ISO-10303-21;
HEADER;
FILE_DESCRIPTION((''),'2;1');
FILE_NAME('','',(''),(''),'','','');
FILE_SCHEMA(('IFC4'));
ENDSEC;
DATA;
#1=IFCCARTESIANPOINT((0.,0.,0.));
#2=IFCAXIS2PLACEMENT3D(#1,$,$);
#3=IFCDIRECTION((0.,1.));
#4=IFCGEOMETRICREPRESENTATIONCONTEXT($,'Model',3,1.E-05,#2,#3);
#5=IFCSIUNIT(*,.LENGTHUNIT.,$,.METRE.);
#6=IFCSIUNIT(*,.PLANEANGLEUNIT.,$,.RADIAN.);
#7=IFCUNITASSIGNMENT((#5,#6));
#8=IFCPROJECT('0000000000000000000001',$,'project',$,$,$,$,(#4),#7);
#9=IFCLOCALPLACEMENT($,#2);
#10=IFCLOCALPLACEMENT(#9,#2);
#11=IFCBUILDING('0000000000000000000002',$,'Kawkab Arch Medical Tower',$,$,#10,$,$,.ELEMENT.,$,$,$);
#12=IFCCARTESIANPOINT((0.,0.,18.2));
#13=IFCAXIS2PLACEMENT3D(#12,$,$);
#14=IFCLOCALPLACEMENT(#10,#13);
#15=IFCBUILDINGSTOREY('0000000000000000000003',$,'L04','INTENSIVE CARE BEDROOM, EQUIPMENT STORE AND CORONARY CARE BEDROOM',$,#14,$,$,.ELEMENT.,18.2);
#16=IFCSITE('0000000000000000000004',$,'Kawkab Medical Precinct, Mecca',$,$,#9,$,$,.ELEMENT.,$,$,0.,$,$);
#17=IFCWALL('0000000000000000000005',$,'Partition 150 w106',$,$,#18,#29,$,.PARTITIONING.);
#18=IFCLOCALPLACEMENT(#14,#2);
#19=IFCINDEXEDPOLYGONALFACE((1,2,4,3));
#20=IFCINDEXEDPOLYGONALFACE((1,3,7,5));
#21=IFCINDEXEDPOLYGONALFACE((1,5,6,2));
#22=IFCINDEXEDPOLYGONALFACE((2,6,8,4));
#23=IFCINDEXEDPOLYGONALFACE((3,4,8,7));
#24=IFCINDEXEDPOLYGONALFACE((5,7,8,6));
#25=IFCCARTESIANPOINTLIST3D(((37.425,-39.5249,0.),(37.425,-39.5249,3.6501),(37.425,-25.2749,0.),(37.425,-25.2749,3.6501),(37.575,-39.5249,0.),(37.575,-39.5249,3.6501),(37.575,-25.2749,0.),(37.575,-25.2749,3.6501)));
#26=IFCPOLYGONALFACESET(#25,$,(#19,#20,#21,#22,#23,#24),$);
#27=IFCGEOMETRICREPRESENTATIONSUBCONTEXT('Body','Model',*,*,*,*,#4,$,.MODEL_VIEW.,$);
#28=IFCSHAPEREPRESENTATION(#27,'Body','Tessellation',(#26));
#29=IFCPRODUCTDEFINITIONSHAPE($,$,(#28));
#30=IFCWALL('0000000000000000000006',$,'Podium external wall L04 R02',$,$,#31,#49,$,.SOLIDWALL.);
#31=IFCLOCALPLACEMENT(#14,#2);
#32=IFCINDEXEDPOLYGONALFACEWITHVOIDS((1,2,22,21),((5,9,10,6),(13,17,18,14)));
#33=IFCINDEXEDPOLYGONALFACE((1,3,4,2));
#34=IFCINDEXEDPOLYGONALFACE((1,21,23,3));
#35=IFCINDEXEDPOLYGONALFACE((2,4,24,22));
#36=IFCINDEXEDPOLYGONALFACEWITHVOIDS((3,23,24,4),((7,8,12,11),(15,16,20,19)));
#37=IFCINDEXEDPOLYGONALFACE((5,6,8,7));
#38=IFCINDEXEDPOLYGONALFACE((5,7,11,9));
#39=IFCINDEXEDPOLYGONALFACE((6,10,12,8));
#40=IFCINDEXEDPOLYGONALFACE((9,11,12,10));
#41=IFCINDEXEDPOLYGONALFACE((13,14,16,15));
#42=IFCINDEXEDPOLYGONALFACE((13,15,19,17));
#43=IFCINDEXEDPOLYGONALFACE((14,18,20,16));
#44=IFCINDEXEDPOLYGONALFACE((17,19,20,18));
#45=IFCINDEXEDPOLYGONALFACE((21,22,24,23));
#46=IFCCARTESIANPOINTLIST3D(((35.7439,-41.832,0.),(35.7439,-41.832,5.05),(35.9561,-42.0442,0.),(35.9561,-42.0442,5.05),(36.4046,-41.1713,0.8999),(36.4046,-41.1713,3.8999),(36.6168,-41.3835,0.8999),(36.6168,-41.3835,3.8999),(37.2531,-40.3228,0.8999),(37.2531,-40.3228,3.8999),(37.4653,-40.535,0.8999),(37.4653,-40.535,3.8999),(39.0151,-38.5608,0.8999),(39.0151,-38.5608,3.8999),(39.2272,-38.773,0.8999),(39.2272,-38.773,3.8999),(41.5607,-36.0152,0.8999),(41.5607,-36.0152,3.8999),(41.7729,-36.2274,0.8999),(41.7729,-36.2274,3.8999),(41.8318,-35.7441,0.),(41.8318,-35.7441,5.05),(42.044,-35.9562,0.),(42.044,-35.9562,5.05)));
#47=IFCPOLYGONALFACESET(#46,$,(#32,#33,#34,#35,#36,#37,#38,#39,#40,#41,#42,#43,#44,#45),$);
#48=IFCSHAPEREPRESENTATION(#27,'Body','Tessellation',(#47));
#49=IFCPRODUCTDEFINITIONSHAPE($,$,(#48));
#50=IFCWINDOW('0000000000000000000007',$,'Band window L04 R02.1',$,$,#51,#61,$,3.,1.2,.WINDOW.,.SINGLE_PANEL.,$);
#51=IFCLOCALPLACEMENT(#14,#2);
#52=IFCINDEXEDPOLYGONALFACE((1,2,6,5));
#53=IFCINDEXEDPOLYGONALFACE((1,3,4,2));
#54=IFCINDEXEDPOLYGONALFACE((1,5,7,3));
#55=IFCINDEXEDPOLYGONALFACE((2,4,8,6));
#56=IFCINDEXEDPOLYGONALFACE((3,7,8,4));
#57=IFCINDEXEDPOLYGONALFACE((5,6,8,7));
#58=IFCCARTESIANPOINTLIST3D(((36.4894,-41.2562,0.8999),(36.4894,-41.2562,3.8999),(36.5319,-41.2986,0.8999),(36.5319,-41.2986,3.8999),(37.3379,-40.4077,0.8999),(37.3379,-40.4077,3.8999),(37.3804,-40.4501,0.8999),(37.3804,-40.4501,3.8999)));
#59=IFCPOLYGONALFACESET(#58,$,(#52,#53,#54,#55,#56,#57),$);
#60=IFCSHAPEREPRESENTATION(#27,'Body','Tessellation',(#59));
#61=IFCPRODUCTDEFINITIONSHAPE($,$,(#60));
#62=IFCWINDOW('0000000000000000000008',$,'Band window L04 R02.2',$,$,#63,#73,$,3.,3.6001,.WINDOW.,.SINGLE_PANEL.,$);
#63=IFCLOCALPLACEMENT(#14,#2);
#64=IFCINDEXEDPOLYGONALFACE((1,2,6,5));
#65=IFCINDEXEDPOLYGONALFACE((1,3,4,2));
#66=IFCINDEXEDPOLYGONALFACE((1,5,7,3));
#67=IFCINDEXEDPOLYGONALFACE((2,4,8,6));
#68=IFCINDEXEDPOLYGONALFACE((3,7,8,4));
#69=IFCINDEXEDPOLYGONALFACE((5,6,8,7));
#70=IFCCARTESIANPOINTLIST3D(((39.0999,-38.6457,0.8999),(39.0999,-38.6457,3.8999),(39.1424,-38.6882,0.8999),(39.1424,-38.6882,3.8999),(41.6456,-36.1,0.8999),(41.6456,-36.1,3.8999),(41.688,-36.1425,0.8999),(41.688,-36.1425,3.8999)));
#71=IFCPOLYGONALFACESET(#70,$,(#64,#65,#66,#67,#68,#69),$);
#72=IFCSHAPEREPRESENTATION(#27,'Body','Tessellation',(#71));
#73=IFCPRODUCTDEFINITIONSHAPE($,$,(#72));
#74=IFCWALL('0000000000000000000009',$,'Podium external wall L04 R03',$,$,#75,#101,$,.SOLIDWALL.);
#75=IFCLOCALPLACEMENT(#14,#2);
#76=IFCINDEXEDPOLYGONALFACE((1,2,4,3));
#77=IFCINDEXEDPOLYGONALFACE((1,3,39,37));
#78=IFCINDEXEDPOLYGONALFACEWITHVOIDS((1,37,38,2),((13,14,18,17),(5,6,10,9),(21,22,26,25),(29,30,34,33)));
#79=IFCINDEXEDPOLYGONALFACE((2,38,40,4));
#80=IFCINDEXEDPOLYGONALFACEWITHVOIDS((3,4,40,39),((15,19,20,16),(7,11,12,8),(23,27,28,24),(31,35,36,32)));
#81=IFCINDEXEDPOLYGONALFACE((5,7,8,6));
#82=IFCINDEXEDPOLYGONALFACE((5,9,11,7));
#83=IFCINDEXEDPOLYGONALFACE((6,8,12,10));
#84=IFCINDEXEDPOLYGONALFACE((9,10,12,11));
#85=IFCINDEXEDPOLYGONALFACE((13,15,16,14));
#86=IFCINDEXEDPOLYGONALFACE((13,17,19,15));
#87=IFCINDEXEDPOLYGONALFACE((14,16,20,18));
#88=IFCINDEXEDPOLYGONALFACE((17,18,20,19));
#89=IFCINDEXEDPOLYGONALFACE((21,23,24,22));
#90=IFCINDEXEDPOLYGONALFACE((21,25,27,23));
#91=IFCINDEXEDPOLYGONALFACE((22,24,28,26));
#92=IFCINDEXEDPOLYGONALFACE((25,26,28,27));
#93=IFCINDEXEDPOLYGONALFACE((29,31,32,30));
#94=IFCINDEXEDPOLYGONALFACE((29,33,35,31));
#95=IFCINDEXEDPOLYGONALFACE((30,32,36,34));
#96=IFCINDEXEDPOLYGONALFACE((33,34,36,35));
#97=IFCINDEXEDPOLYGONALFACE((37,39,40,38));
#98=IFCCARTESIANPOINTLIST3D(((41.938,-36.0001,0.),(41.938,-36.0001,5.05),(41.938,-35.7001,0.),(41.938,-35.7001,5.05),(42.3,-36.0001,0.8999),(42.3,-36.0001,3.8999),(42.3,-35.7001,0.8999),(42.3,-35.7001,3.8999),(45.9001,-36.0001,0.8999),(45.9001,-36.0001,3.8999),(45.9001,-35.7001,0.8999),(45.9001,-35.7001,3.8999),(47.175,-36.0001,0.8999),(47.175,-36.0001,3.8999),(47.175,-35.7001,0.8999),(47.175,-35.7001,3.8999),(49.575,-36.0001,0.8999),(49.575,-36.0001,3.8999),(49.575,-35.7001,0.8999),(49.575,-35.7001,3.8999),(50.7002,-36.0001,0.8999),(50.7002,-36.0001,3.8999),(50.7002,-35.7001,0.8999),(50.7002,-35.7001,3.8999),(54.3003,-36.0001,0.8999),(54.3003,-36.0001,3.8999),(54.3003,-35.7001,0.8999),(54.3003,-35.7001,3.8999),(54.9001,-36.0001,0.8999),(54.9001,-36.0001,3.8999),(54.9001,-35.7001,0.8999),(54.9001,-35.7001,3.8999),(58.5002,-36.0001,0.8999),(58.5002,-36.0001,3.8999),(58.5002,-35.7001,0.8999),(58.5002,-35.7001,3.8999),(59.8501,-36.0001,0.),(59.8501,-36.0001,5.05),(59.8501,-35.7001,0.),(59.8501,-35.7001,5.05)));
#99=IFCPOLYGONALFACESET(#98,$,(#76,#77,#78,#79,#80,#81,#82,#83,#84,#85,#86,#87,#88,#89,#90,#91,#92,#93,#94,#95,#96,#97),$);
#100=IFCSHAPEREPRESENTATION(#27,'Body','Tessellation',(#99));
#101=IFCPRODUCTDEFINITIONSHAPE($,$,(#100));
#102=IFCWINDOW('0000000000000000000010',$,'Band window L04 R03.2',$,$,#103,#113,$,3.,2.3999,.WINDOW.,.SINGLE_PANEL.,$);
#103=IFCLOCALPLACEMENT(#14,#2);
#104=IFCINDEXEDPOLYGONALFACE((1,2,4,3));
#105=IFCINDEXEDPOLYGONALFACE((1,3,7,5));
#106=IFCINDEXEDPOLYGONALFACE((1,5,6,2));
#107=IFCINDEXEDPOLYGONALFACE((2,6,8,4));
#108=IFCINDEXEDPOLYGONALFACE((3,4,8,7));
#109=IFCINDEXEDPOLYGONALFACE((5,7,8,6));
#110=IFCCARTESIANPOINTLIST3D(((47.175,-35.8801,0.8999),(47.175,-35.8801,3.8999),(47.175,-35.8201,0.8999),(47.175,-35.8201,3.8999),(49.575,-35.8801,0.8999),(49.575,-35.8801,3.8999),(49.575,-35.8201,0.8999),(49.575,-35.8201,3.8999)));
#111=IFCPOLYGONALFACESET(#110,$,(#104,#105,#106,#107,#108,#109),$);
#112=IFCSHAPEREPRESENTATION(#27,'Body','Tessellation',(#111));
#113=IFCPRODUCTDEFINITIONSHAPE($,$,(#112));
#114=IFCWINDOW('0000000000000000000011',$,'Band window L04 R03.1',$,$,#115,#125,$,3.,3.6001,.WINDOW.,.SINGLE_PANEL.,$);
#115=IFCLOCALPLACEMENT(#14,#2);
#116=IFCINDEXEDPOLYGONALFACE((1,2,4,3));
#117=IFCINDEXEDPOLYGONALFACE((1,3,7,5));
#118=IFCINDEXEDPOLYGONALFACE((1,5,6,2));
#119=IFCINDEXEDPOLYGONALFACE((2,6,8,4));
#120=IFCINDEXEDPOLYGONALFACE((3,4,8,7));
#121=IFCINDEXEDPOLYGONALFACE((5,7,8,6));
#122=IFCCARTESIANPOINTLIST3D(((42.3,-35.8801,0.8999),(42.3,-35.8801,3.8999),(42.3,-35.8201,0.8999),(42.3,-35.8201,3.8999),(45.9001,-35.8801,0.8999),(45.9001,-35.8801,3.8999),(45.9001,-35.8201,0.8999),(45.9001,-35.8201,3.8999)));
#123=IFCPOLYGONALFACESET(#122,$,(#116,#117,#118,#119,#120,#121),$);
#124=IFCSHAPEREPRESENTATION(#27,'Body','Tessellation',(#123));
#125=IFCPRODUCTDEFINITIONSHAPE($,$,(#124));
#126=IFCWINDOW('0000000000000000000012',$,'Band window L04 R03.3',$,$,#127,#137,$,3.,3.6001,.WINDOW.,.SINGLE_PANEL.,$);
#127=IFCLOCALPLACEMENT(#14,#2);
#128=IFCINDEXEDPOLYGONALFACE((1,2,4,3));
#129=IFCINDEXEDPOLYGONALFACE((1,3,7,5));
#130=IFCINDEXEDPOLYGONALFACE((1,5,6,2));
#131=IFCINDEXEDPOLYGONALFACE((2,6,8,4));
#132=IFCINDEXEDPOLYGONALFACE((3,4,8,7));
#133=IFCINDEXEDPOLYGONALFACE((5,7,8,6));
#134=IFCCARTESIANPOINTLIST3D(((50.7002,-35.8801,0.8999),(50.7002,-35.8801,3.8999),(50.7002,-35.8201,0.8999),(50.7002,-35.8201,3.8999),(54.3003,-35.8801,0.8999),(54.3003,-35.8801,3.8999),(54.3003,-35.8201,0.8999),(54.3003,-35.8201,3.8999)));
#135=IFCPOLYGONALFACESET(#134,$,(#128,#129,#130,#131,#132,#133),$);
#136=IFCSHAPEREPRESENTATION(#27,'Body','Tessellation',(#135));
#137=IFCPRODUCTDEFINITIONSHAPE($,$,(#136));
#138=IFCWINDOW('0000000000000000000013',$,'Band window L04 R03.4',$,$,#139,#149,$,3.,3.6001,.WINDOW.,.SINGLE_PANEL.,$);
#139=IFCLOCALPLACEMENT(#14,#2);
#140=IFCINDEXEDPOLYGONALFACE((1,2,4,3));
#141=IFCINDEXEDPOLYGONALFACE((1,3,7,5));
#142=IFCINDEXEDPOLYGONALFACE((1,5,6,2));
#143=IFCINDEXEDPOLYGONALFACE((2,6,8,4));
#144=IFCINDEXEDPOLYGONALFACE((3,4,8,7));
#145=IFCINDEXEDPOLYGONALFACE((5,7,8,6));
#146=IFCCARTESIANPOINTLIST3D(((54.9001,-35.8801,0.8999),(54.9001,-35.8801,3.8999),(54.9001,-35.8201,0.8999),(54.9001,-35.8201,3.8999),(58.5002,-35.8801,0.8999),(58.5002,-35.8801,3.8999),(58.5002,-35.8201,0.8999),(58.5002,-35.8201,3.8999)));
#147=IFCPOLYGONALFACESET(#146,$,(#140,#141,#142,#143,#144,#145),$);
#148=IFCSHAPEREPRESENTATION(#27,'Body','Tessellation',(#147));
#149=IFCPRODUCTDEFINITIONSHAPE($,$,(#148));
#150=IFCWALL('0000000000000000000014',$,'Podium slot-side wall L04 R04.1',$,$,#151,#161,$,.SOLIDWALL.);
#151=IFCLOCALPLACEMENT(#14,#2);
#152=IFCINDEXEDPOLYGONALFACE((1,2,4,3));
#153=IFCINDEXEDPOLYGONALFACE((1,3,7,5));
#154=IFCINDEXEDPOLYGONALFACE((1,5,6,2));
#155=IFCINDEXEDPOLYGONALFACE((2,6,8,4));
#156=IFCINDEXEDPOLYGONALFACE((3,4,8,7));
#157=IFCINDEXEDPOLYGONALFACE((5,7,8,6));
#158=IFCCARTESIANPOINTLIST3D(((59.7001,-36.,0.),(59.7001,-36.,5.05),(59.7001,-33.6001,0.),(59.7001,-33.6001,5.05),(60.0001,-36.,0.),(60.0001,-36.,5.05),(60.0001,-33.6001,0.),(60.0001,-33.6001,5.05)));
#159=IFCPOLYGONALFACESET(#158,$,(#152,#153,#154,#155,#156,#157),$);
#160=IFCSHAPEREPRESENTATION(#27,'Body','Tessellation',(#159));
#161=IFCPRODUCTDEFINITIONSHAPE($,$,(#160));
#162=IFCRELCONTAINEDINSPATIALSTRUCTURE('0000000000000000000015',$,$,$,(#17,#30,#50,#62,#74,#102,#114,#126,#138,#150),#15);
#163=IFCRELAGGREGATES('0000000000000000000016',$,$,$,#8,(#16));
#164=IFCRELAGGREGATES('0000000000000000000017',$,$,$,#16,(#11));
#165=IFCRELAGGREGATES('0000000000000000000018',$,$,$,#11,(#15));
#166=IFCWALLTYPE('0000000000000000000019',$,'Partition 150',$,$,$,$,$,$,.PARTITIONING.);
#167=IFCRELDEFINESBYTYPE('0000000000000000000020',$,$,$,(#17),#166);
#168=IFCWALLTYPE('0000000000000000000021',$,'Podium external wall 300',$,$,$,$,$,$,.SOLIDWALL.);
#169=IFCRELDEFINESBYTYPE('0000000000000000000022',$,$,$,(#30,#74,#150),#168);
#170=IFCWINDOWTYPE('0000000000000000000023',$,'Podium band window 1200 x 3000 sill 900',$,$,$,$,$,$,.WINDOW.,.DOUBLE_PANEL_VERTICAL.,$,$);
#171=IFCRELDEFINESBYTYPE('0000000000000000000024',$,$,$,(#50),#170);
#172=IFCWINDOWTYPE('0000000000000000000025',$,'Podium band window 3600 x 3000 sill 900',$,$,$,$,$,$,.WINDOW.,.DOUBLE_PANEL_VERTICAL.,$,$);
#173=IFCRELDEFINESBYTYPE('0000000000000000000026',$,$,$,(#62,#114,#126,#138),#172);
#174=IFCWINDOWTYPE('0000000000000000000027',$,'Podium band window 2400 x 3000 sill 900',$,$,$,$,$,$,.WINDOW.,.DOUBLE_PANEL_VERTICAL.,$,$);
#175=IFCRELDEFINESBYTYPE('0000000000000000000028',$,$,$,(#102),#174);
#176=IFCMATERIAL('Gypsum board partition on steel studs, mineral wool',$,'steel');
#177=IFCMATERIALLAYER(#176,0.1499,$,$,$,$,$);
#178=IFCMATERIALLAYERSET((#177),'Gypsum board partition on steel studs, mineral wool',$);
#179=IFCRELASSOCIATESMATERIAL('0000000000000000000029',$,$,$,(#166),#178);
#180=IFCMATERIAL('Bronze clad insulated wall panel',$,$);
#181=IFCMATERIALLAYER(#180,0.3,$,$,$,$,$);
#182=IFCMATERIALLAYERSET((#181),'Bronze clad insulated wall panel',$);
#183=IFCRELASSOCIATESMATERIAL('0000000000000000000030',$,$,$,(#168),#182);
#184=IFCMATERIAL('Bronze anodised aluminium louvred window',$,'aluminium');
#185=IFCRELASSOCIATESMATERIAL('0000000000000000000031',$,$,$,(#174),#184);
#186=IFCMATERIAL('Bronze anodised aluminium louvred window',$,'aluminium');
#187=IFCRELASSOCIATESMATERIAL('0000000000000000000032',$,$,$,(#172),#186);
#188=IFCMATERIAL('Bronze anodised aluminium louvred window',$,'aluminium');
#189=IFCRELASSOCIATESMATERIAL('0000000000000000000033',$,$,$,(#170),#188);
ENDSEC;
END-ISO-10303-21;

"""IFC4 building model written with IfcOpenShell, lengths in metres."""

from ifc_helpers import new_model, si_unit, direction, frame, frame_2d, origin, place, context, subcontext, project, spatial, rectangle, extrude, material, layer, layer_set, type_object, element, fill, save


model = new_model("IFC4")

# Units and contexts
model_context = context("Model", 3, precision=1e-05, world=origin(), true_north=direction((0.0, 1.0)))
body_context = subcontext(model_context, "Body", "Model", "MODEL_VIEW")
ifc_project = project(units=[si_unit("LENGTHUNIT", "METRE"), si_unit("PLANEANGLEUNIT", "RADIAN")], contexts=[model_context])

# Site, building, storey
site_placement = place(None, origin())
site = spatial("IfcSite", under=ifc_project, at=site_placement, Name="Kawkab Medical Precinct, Mecca", CompositionType="ELEMENT", RefElevation=0.0)
building_placement = place(site_placement, origin())
building = spatial("IfcBuilding", under=site, at=building_placement, Name="Kawkab Arch Medical Tower", CompositionType="ELEMENT")
storey_placement = place(building_placement, frame((0.0, 0.0, 18.2)))
storey = spatial("IfcBuildingStorey", under=building, at=storey_placement, Name="L04", Description="INTENSIVE CARE BEDROOM, EQUIPMENT STORE AND CORONARY CARE BEDROOM", CompositionType="ELEMENT", Elevation=18.2)

# Wall
ifc_material_1 = material(Name="Gypsum board partition on steel studs, mineral wool", Category="steel")
ifc_layer_1 = layer(ifc_material_1, 0.1499)
ifc_layer_set_1 = layer_set([ifc_layer_1], Name="Gypsum board partition on steel studs, mineral wool")
wall_type_1 = type_object("IfcWallType", Name="Partition 150", PredefinedType="PARTITIONING", material=ifc_layer_set_1)
wall_1_placement = place(storey_placement, frame((37.5, -39.5249, 0.0), z_axis=(0.0, 0.0, 1.0), x_axis=(0.0, 1.0, 0.0)))
element("IfcWall", 1, at=wall_1_placement, inside=storey, type_object=wall_type_1, Name="Partition 150 w106", PredefinedType="PARTITIONING", context=body_context, shape_type="SweptSolid", body=[
    extrude(rectangle(XDim=14.25, YDim=0.1499, at=frame_2d((7.125, 0.0))), origin(), (0.0, 0.0, 1.0), 3.6501),
])

# Walls, openings, windows
ifc_material_2 = material(Name="Bronze clad insulated wall panel")
ifc_layer_2 = layer(ifc_material_2, 0.3)
ifc_layer_set_2 = layer_set([ifc_layer_2], Name="Bronze clad insulated wall panel")
wall_type_2 = type_object("IfcWallType", Name="Podium external wall 300", PredefinedType="SOLIDWALL", material=ifc_layer_set_2)
ifc_material_3 = material(Name="Bronze anodised aluminium louvred window", Category="aluminium")
window_type_1 = type_object("IfcWindowType", Name="Podium band window 2400 x 3000 sill 900", PartitioningType="DOUBLE_PANEL_VERTICAL", PredefinedType="WINDOW", material=ifc_material_3)
ifc_material_4 = material(Name="Bronze anodised aluminium louvred window", Category="aluminium")
window_type_2 = type_object("IfcWindowType", Name="Podium band window 3600 x 3000 sill 900", PartitioningType="DOUBLE_PANEL_VERTICAL", PredefinedType="WINDOW", material=ifc_material_4)
wall_2_placement = place(storey_placement, frame((35.8501, -41.938, 0.0), z_axis=(0.0, 0.0, 1.0), x_axis=(0.707107, 0.707107, 0.0)))
wall_2 = element("IfcWall", 2, at=wall_2_placement, inside=storey, type_object=wall_type_2, Name="Podium external wall L04 R02", PredefinedType="SOLIDWALL", context=body_context, shape_type="SweptSolid", body=[
    extrude(rectangle(XDim=8.6096, YDim=0.3, at=frame_2d((4.3047, 0.0))), origin(), (0.0, 0.0, 1.0), 5.05),
])
opening_1_placement = place(wall_2_placement, frame((0.9341, 0.0, 0.8999)))
opening_1 = element("IfcOpeningElement", 3, at=opening_1_placement, cuts=wall_2, PredefinedType="OPENING", context=body_context, shape_type="SweptSolid", body=[
    extrude(rectangle(XDim=1.2, YDim=3.0, at=frame_2d((0.6001, 1.5))), frame((0.0, 0.1599, 0.0), z_axis=(0.0, -1.0, 0.0), x_axis=(1.0, 0.0, 0.0)), (0.0, 0.0, 1.0), 0.3201),
])
opening_2_placement = place(wall_2_placement, frame((4.626, 0.0, 0.8999)))
opening_2 = element("IfcOpeningElement", 4, at=opening_2_placement, cuts=wall_2, PredefinedType="OPENING", context=body_context, shape_type="SweptSolid", body=[
    extrude(rectangle(XDim=3.6001, YDim=3.0, at=frame_2d((1.8, 1.5))), frame((0.0, 0.1599, 0.0), z_axis=(0.0, -1.0, 0.0), x_axis=(1.0, 0.0, 0.0)), (0.0, 0.0, 1.0), 0.3201),
])
ifc_material_5 = material(Name="Bronze anodised aluminium louvred window", Category="aluminium")
window_type_3 = type_object("IfcWindowType", Name="Podium band window 1200 x 3000 sill 900", PartitioningType="DOUBLE_PANEL_VERTICAL", PredefinedType="WINDOW", material=ifc_material_5)
window_1_placement = place(opening_1_placement, origin())
window_1 = element("IfcWindow", 5, at=window_1_placement, inside=storey, type_object=window_type_3, Name="Band window L04 R02.1", OverallHeight=3.0, OverallWidth=1.2, PartitioningType="SINGLE_PANEL", PredefinedType="WINDOW", context=body_context, shape_type="SweptSolid", body=[
    extrude(rectangle(XDim=1.2, YDim=3.0, at=frame_2d((0.6001, 1.5))), frame((0.0, 0.03, 0.0), z_axis=(0.0, -1.0, 0.0), x_axis=(1.0, 0.0, 0.0)), (0.0, 0.0, 1.0), 0.0601),
])
fill(opening_1, window_1)
window_2_placement = place(opening_2_placement, origin())
window_2 = element("IfcWindow", 6, at=window_2_placement, inside=storey, type_object=window_type_2, Name="Band window L04 R02.2", OverallHeight=3.0, OverallWidth=3.6001, PartitioningType="SINGLE_PANEL", PredefinedType="WINDOW", context=body_context, shape_type="SweptSolid", body=[
    extrude(rectangle(XDim=3.6001, YDim=3.0, at=frame_2d((1.8, 1.5))), frame((0.0, 0.03, 0.0), z_axis=(0.0, -1.0, 0.0), x_axis=(1.0, 0.0, 0.0)), (0.0, 0.0, 1.0), 0.0601),
])
fill(opening_2, window_2)
wall_3_placement = place(storey_placement, frame((41.938, -35.8501, 0.0), z_axis=(0.0, 0.0, 1.0), x_axis=(1.0, 0.0, 0.0)))
wall_3 = element("IfcWall", 7, at=wall_3_placement, inside=storey, type_object=wall_type_2, Name="Podium external wall L04 R03", PredefinedType="SOLIDWALL", context=body_context, shape_type="SweptSolid", body=[
    extrude(rectangle(XDim=17.9121, YDim=0.3, at=frame_2d((8.9561, 0.0))), origin(), (0.0, 0.0, 1.0), 5.05),
])
opening_3_placement = place(wall_3_placement, frame((0.3621, 0.0, 0.8999)))
opening_3 = element("IfcOpeningElement", 8, at=opening_3_placement, cuts=wall_3, PredefinedType="OPENING", context=body_context, shape_type="SweptSolid", body=[
    extrude(rectangle(XDim=3.6001, YDim=3.0, at=frame_2d((1.8, 1.5))), frame((0.0, 0.1599, 0.0), z_axis=(0.0, -1.0, 0.0), x_axis=(1.0, 0.0, 0.0)), (0.0, 0.0, 1.0), 0.3201),
])
opening_4_placement = place(wall_3_placement, frame((5.2371, 0.0, 0.8999)))
opening_4 = element("IfcOpeningElement", 9, at=opening_4_placement, cuts=wall_3, PredefinedType="OPENING", context=body_context, shape_type="SweptSolid", body=[
    extrude(rectangle(XDim=2.3999, YDim=3.0, at=frame_2d((1.2, 1.5))), frame((0.0, 0.1599, 0.0), z_axis=(0.0, -1.0, 0.0), x_axis=(1.0, 0.0, 0.0)), (0.0, 0.0, 1.0), 0.3201),
])
opening_5_placement = place(wall_3_placement, frame((8.7622, 0.0, 0.8999)))
opening_5 = element("IfcOpeningElement", 10, at=opening_5_placement, cuts=wall_3, PredefinedType="OPENING", context=body_context, shape_type="SweptSolid", body=[
    extrude(rectangle(XDim=3.6001, YDim=3.0, at=frame_2d((1.8, 1.5))), frame((0.0, 0.1599, 0.0), z_axis=(0.0, -1.0, 0.0), x_axis=(1.0, 0.0, 0.0)), (0.0, 0.0, 1.0), 0.3201),
])
opening_6_placement = place(wall_3_placement, frame((12.9622, 0.0, 0.8999)))
opening_6 = element("IfcOpeningElement", 11, at=opening_6_placement, cuts=wall_3, PredefinedType="OPENING", context=body_context, shape_type="SweptSolid", body=[
    extrude(rectangle(XDim=3.6001, YDim=3.0, at=frame_2d((1.8, 1.5))), frame((0.0, 0.1599, 0.0), z_axis=(0.0, -1.0, 0.0), x_axis=(1.0, 0.0, 0.0)), (0.0, 0.0, 1.0), 0.3201),
])
window_3_placement = place(opening_4_placement, origin())
window_3 = element("IfcWindow", 12, at=window_3_placement, inside=storey, type_object=window_type_1, Name="Band window L04 R03.2", OverallHeight=3.0, OverallWidth=2.3999, PartitioningType="SINGLE_PANEL", PredefinedType="WINDOW", context=body_context, shape_type="SweptSolid", body=[
    extrude(rectangle(XDim=2.3999, YDim=3.0, at=frame_2d((1.2, 1.5))), frame((0.0, 0.03, 0.0), z_axis=(0.0, -1.0, 0.0), x_axis=(1.0, 0.0, 0.0)), (0.0, 0.0, 1.0), 0.0601),
])
fill(opening_4, window_3)
window_4_placement = place(opening_3_placement, origin())
window_4 = element("IfcWindow", 13, at=window_4_placement, inside=storey, type_object=window_type_2, Name="Band window L04 R03.1", OverallHeight=3.0, OverallWidth=3.6001, PartitioningType="SINGLE_PANEL", PredefinedType="WINDOW", context=body_context, shape_type="SweptSolid", body=[
    extrude(rectangle(XDim=3.6001, YDim=3.0, at=frame_2d((1.8, 1.5))), frame((0.0, 0.03, 0.0), z_axis=(0.0, -1.0, 0.0), x_axis=(1.0, 0.0, 0.0)), (0.0, 0.0, 1.0), 0.0601),
])
fill(opening_3, window_4)
window_5_placement = place(opening_5_placement, origin())
window_5 = element("IfcWindow", 14, at=window_5_placement, inside=storey, type_object=window_type_2, Name="Band window L04 R03.3", OverallHeight=3.0, OverallWidth=3.6001, PartitioningType="SINGLE_PANEL", PredefinedType="WINDOW", context=body_context, shape_type="SweptSolid", body=[
    extrude(rectangle(XDim=3.6001, YDim=3.0, at=frame_2d((1.8, 1.5))), frame((0.0, 0.03, 0.0), z_axis=(0.0, -1.0, 0.0), x_axis=(1.0, 0.0, 0.0)), (0.0, 0.0, 1.0), 0.0601),
])
fill(opening_5, window_5)
window_6_placement = place(opening_6_placement, origin())
window_6 = element("IfcWindow", 15, at=window_6_placement, inside=storey, type_object=window_type_2, Name="Band window L04 R03.4", OverallHeight=3.0, OverallWidth=3.6001, PartitioningType="SINGLE_PANEL", PredefinedType="WINDOW", context=body_context, shape_type="SweptSolid", body=[
    extrude(rectangle(XDim=3.6001, YDim=3.0, at=frame_2d((1.8, 1.5))), frame((0.0, 0.03, 0.0), z_axis=(0.0, -1.0, 0.0), x_axis=(1.0, 0.0, 0.0)), (0.0, 0.0, 1.0), 0.0601),
])
fill(opening_6, window_6)

# Wall
wall_4_placement = place(storey_placement, frame((59.8501, -36.0, 0.0), z_axis=(0.0, 0.0, 1.0), x_axis=(0.0, 1.0, 0.0)))
element("IfcWall", 16, at=wall_4_placement, inside=storey, type_object=wall_type_2, Name="Podium slot-side wall L04 R04.1", PredefinedType="SOLIDWALL", context=body_context, shape_type="SweptSolid", body=[
    extrude(rectangle(XDim=2.3999, YDim=0.3, at=frame_2d((1.2, 0.0))), origin(), (0.0, 0.0, 1.0), 5.05),
])

save(model, "model.ifc")
